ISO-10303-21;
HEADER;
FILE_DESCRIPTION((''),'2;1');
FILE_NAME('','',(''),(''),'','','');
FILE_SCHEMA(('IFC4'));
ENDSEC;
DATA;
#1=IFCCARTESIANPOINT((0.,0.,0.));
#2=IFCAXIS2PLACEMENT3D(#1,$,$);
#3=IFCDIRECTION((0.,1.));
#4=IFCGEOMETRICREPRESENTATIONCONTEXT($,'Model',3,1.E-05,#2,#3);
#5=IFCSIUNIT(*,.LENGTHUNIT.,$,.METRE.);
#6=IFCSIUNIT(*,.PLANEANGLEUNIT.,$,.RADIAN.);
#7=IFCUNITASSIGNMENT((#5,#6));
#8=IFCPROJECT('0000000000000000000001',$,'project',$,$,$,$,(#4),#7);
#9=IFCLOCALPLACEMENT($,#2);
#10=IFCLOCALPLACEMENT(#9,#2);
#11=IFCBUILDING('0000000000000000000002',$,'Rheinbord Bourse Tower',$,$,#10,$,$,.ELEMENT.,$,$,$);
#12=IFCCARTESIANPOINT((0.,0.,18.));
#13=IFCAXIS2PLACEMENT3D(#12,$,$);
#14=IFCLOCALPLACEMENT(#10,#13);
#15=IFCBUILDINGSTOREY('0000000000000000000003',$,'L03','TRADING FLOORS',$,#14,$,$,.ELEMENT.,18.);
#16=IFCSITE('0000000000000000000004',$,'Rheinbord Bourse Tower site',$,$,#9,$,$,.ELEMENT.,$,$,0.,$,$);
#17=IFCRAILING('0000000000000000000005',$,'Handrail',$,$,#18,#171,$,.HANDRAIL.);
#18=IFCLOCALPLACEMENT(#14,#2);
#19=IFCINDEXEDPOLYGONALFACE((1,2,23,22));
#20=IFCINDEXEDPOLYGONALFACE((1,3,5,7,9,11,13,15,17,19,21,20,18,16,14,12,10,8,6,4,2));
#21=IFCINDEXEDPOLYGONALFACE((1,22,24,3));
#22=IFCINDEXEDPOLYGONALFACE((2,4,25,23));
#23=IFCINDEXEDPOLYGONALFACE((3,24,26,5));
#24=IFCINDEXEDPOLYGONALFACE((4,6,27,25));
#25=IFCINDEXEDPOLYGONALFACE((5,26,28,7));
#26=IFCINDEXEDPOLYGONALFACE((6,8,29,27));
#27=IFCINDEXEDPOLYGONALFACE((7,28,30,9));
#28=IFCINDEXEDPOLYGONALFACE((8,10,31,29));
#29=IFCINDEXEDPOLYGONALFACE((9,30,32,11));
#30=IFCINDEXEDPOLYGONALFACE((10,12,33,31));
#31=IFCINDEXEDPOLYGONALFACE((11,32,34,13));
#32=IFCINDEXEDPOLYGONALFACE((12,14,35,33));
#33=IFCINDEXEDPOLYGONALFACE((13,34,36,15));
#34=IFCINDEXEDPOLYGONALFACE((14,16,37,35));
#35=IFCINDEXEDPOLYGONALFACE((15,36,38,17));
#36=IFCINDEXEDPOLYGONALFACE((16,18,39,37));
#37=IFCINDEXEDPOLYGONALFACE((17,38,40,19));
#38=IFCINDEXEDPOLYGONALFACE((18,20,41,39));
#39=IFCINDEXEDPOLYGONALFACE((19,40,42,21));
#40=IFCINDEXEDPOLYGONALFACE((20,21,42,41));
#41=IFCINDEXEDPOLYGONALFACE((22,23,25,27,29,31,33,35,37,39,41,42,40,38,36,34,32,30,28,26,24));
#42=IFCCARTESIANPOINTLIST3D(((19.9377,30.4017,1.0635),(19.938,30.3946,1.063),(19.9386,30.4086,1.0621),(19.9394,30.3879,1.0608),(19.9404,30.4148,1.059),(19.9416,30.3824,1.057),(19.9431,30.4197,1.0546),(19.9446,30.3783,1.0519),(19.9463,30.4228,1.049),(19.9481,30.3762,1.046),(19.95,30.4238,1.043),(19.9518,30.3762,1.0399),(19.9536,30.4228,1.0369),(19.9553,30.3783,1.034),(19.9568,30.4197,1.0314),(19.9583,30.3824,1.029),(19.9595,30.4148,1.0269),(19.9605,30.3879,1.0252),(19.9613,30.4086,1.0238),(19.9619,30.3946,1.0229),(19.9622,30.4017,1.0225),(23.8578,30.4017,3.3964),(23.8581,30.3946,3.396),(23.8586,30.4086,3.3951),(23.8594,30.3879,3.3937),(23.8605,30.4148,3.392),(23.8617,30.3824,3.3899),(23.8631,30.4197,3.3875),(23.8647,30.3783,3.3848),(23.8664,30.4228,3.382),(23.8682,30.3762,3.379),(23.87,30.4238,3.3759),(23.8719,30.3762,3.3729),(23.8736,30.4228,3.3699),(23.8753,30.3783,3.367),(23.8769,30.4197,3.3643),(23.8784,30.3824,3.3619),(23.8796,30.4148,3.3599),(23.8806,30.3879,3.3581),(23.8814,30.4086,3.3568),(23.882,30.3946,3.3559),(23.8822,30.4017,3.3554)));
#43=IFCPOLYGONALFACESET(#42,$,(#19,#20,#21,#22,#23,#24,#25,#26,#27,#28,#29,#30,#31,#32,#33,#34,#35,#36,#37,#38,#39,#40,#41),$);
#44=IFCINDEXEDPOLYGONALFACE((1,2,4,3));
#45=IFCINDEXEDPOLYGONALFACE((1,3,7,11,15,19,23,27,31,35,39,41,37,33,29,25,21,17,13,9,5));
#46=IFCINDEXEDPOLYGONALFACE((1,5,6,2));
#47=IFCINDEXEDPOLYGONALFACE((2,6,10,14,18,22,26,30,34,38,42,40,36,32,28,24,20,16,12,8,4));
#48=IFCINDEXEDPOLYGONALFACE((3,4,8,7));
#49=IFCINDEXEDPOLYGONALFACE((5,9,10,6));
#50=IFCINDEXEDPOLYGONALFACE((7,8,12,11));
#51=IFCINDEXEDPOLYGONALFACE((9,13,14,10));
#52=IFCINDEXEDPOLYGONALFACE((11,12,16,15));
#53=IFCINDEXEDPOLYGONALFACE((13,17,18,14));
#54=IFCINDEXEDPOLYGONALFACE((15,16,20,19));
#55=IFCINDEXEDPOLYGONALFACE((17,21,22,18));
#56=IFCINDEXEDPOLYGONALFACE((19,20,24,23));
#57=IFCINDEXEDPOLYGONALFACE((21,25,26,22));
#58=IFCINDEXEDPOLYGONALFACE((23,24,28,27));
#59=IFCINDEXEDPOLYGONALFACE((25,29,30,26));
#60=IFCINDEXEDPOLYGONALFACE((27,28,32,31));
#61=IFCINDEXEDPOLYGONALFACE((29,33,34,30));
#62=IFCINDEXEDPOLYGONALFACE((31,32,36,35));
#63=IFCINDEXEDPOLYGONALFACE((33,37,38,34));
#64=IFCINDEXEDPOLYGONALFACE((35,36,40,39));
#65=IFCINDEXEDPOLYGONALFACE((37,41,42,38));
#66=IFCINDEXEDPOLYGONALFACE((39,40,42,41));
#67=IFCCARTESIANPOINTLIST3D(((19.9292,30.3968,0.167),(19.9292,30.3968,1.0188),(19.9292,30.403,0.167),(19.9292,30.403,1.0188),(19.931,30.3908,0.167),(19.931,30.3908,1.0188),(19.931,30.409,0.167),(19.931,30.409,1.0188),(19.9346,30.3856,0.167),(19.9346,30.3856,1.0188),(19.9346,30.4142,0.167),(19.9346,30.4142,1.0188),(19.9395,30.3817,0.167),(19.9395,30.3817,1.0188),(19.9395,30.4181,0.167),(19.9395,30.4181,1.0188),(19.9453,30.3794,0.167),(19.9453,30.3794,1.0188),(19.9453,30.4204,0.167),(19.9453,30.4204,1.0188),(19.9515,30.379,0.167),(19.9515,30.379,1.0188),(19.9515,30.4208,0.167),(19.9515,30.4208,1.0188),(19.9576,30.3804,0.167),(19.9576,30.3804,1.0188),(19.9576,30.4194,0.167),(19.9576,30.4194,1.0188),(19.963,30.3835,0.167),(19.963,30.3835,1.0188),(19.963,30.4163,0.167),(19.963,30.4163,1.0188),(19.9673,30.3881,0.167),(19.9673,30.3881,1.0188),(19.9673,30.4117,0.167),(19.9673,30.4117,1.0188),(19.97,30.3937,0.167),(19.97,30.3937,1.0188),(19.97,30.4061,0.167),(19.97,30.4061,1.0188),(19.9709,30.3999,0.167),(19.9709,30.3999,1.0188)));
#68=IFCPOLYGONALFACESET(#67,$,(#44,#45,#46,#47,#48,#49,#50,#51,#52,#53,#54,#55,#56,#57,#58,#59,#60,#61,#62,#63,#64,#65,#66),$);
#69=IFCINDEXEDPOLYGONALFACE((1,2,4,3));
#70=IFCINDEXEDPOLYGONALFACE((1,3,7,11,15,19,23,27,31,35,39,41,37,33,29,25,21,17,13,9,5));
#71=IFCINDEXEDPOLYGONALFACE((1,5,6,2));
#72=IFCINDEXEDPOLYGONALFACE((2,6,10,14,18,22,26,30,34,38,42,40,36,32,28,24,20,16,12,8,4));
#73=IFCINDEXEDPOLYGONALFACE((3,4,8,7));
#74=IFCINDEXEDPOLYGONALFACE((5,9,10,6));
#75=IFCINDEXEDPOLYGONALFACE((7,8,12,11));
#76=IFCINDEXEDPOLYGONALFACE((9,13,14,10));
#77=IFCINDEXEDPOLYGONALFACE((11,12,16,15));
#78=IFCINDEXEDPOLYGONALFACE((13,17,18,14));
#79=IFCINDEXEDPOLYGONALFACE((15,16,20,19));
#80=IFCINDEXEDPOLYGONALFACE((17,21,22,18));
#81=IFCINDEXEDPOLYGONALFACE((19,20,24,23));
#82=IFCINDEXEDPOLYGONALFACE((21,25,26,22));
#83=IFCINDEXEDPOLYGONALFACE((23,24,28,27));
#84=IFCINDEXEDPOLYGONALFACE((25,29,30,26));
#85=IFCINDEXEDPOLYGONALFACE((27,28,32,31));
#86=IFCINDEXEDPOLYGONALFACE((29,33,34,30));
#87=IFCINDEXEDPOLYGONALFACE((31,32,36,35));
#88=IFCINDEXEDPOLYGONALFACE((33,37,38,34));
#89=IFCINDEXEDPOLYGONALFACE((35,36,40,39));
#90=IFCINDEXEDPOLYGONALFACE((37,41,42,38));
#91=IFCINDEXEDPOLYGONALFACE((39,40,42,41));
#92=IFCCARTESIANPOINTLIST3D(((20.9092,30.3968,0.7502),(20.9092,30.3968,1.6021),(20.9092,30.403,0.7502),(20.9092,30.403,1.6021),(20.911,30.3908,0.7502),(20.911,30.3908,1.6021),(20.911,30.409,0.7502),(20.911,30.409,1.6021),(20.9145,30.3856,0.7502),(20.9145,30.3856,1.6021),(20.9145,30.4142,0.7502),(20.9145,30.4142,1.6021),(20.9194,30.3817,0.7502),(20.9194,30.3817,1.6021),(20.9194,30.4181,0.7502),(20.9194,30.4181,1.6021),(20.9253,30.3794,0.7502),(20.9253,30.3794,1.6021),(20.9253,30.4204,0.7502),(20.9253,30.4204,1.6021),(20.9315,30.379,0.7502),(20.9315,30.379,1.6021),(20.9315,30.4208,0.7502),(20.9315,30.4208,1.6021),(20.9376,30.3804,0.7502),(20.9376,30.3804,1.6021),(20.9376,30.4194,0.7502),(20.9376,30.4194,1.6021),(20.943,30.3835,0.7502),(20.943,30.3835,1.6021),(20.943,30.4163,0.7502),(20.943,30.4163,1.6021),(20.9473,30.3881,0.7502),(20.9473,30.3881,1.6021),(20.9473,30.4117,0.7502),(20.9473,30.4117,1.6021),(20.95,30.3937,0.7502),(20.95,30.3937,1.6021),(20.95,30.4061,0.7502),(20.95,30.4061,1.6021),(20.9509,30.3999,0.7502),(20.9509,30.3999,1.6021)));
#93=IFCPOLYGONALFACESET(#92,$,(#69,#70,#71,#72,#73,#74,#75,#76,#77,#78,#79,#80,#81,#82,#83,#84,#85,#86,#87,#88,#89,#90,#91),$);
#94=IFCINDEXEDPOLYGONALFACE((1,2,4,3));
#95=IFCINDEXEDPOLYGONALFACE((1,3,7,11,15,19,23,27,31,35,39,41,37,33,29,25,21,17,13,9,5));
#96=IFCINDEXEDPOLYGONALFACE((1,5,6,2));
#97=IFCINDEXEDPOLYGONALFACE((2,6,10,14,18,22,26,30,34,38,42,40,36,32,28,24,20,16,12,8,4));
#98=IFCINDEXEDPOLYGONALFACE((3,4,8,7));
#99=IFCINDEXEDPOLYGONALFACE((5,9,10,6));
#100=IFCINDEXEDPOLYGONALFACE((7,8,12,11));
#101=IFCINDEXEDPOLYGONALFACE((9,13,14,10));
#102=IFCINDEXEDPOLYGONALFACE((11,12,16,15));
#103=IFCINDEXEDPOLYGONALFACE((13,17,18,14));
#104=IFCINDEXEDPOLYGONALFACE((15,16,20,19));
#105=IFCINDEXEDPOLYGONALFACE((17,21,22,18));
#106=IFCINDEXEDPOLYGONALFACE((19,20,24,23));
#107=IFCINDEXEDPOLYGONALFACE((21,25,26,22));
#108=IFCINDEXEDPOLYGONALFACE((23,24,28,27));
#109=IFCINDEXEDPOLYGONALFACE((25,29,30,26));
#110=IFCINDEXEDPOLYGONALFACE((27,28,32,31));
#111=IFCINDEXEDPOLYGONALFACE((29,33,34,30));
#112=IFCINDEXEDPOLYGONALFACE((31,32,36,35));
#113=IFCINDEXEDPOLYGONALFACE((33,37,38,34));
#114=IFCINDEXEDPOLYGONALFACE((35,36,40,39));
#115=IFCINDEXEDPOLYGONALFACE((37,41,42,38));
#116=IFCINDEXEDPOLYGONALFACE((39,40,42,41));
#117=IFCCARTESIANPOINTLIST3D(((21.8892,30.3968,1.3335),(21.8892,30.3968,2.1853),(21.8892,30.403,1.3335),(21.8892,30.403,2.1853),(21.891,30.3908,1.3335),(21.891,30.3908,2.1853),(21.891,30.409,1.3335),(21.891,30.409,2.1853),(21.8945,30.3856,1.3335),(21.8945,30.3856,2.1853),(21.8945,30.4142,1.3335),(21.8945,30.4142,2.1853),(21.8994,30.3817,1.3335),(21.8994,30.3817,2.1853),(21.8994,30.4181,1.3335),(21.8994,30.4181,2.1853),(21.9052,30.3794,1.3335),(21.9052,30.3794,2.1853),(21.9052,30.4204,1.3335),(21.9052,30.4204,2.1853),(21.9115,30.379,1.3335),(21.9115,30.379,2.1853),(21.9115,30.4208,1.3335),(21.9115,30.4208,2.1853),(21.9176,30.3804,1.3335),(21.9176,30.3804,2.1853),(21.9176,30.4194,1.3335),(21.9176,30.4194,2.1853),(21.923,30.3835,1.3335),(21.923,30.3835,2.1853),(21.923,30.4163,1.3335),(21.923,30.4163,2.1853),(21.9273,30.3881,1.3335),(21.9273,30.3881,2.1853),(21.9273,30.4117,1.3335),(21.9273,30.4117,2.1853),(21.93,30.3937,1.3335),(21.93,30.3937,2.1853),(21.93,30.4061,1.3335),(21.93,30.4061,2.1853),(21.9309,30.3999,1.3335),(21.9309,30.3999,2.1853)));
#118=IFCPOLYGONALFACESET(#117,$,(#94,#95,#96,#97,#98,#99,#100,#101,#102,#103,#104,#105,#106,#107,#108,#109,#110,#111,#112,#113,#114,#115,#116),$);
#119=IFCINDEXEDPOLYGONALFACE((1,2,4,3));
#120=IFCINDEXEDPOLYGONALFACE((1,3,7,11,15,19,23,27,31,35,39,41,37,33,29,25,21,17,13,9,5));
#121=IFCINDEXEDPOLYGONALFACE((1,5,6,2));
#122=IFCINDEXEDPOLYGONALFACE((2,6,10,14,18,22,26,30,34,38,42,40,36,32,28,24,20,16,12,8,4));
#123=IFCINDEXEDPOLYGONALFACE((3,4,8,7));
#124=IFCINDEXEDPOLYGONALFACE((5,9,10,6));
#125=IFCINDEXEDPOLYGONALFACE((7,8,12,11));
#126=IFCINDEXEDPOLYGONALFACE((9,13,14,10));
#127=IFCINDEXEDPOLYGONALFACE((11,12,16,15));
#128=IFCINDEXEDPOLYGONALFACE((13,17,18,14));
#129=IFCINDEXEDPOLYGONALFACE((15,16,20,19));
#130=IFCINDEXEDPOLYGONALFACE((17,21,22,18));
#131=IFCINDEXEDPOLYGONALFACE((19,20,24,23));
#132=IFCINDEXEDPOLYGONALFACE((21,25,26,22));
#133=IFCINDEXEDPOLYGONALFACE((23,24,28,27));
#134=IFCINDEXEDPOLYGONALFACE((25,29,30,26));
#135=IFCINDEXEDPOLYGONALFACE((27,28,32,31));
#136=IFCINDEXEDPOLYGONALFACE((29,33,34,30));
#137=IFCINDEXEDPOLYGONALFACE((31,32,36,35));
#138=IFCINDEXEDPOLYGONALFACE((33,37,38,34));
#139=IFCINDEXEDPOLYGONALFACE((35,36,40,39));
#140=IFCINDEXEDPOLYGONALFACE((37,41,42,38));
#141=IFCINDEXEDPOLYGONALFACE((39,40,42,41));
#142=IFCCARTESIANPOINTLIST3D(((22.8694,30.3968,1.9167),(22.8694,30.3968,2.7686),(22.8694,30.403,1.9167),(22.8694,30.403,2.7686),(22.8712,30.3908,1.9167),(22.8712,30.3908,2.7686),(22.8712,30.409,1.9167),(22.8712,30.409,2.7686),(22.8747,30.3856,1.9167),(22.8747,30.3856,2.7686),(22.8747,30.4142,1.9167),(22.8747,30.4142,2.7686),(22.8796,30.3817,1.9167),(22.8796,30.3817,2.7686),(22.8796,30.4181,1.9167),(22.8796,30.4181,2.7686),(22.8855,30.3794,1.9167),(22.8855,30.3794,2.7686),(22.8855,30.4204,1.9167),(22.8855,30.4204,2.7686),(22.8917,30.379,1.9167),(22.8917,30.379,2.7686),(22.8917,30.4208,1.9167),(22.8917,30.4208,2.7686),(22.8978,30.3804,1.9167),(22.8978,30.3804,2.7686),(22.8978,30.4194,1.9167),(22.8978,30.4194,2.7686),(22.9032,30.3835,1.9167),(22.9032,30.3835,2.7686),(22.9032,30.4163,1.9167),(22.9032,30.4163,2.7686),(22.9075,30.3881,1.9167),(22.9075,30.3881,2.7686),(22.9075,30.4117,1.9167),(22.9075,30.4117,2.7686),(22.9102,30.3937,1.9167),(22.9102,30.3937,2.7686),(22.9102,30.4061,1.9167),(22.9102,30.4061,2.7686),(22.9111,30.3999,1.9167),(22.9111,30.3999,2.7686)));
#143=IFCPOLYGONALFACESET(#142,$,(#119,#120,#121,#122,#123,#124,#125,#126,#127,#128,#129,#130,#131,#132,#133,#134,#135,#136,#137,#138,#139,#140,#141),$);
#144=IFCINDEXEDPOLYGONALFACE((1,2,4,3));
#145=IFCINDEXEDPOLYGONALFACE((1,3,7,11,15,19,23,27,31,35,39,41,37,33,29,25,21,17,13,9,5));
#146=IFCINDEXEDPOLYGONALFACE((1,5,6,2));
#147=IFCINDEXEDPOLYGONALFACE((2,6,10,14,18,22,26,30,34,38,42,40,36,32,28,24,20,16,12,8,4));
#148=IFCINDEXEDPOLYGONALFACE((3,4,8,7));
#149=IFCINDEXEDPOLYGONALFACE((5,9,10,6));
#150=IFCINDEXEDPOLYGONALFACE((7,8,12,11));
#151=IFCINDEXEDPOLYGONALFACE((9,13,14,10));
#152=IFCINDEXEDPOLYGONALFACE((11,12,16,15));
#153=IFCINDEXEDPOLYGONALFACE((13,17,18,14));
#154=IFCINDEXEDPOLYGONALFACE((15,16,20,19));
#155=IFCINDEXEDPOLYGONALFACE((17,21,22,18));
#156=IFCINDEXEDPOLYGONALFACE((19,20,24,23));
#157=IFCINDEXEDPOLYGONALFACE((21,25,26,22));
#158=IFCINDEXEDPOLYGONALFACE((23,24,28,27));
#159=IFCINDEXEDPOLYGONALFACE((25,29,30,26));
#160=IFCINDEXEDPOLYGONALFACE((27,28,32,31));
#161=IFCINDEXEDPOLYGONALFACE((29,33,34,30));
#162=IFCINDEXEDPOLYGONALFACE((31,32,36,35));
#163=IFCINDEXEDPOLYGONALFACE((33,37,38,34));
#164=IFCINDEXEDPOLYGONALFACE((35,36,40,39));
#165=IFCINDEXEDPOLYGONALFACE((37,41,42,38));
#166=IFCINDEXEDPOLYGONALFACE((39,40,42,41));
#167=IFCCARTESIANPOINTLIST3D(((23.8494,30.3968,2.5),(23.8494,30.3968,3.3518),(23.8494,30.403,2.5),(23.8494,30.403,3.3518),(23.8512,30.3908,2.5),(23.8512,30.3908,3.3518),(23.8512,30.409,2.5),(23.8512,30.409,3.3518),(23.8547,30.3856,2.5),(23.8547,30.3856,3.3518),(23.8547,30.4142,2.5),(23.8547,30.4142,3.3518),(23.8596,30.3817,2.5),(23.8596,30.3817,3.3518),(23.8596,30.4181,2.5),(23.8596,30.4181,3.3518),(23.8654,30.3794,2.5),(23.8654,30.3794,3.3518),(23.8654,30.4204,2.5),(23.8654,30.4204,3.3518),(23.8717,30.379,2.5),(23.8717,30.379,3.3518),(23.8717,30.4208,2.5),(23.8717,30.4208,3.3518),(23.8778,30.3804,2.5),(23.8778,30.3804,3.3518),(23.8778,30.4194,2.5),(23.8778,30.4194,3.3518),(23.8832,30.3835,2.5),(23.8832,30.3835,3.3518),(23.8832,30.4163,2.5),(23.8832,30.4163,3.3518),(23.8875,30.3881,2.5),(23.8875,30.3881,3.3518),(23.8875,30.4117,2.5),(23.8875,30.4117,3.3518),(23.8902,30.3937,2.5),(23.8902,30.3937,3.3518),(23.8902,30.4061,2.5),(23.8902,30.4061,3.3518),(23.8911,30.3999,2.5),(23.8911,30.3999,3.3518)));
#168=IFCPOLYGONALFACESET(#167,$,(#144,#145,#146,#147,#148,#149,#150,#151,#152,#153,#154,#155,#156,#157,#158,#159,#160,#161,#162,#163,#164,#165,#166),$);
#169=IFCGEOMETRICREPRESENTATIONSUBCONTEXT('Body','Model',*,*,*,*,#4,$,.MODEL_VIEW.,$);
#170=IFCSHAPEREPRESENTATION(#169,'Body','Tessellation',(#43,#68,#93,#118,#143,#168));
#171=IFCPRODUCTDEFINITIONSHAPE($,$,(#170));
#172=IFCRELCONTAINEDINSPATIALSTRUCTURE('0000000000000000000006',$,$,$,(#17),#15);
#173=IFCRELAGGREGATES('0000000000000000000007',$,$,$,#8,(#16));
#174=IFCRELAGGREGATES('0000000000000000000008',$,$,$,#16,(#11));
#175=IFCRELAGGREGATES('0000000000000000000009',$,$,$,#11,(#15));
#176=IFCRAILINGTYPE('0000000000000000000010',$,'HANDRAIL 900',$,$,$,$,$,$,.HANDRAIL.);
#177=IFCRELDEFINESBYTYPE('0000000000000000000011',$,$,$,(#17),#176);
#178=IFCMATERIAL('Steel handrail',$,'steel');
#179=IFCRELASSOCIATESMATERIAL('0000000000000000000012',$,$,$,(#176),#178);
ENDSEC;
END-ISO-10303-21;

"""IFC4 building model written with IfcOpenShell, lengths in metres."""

from ifc_helpers import new_model, si_unit, direction, frame, origin, origin_2d, place, context, subcontext, project, spatial, circle, extrude, material, type_object, element, save


model = new_model("IFC4")

# Units and contexts
model_context = context("Model", 3, precision=1e-05, world=origin(), true_north=direction((0.0, 1.0)))
body_context = subcontext(model_context, "Body", "Model", "MODEL_VIEW")
ifc_project = project(units=[si_unit("LENGTHUNIT", "METRE"), si_unit("PLANEANGLEUNIT", "RADIAN")], contexts=[model_context])

# Site, building, storey
site_placement = place(None, origin())
site = spatial("IfcSite", under=ifc_project, at=site_placement, Name="Rheinbord Bourse Tower site", CompositionType="ELEMENT", RefElevation=0.0)
building_placement = place(site_placement, origin())
building = spatial("IfcBuilding", under=site, at=building_placement, Name="Rheinbord Bourse Tower", CompositionType="ELEMENT")
storey_placement = place(building_placement, frame((0.0, 0.0, 18.0)))
storey = spatial("IfcBuildingStorey", under=building, at=storey_placement, Name="L03", Description="TRADING FLOORS", CompositionType="ELEMENT", Elevation=18.0)

# Railing
ifc_material_1 = material(Name="Steel handrail", Category="steel")
railing_type = type_object("IfcRailingType", Name="HANDRAIL 900", PredefinedType="HANDRAIL", material=ifc_material_1)
railing_1_placement = place(storey_placement, frame((19.95, 30.3999, 0.167)))
element("IfcRailing", 1, at=railing_1_placement, inside=storey, type_object=railing_type, Name="Handrail", PredefinedType="HANDRAIL", context=body_context, shape_type="SweptSolid", body=[
    extrude(circle(Radius=0.0239, at=origin_2d()), frame((0.0, 0.0, 0.876), z_axis=(0.859334, 0.0, 0.511415), x_axis=(0.0, 1.0, 0.0)), (0.0, 0.0, 1.0), 4.5618),
    extrude(circle(Radius=0.021, at=origin_2d()), origin(), (0.0, 0.0, 1.0), 0.8518),
    extrude(circle(Radius=0.021, at=origin_2d()), frame((0.98, 0.0, 0.5833)), (0.0, 0.0, 1.0), 0.8518),
    extrude(circle(Radius=0.021, at=origin_2d()), frame((1.96, 0.0, 1.1665)), (0.0, 0.0, 1.0), 0.8518),
    extrude(circle(Radius=0.021, at=origin_2d()), frame((2.9402, 0.0, 1.7498)), (0.0, 0.0, 1.0), 0.8518),
    extrude(circle(Radius=0.021, at=origin_2d()), frame((3.9202, 0.0, 2.333)), (0.0, 0.0, 1.0), 0.8518),
])

save(model, "model.ifc")
